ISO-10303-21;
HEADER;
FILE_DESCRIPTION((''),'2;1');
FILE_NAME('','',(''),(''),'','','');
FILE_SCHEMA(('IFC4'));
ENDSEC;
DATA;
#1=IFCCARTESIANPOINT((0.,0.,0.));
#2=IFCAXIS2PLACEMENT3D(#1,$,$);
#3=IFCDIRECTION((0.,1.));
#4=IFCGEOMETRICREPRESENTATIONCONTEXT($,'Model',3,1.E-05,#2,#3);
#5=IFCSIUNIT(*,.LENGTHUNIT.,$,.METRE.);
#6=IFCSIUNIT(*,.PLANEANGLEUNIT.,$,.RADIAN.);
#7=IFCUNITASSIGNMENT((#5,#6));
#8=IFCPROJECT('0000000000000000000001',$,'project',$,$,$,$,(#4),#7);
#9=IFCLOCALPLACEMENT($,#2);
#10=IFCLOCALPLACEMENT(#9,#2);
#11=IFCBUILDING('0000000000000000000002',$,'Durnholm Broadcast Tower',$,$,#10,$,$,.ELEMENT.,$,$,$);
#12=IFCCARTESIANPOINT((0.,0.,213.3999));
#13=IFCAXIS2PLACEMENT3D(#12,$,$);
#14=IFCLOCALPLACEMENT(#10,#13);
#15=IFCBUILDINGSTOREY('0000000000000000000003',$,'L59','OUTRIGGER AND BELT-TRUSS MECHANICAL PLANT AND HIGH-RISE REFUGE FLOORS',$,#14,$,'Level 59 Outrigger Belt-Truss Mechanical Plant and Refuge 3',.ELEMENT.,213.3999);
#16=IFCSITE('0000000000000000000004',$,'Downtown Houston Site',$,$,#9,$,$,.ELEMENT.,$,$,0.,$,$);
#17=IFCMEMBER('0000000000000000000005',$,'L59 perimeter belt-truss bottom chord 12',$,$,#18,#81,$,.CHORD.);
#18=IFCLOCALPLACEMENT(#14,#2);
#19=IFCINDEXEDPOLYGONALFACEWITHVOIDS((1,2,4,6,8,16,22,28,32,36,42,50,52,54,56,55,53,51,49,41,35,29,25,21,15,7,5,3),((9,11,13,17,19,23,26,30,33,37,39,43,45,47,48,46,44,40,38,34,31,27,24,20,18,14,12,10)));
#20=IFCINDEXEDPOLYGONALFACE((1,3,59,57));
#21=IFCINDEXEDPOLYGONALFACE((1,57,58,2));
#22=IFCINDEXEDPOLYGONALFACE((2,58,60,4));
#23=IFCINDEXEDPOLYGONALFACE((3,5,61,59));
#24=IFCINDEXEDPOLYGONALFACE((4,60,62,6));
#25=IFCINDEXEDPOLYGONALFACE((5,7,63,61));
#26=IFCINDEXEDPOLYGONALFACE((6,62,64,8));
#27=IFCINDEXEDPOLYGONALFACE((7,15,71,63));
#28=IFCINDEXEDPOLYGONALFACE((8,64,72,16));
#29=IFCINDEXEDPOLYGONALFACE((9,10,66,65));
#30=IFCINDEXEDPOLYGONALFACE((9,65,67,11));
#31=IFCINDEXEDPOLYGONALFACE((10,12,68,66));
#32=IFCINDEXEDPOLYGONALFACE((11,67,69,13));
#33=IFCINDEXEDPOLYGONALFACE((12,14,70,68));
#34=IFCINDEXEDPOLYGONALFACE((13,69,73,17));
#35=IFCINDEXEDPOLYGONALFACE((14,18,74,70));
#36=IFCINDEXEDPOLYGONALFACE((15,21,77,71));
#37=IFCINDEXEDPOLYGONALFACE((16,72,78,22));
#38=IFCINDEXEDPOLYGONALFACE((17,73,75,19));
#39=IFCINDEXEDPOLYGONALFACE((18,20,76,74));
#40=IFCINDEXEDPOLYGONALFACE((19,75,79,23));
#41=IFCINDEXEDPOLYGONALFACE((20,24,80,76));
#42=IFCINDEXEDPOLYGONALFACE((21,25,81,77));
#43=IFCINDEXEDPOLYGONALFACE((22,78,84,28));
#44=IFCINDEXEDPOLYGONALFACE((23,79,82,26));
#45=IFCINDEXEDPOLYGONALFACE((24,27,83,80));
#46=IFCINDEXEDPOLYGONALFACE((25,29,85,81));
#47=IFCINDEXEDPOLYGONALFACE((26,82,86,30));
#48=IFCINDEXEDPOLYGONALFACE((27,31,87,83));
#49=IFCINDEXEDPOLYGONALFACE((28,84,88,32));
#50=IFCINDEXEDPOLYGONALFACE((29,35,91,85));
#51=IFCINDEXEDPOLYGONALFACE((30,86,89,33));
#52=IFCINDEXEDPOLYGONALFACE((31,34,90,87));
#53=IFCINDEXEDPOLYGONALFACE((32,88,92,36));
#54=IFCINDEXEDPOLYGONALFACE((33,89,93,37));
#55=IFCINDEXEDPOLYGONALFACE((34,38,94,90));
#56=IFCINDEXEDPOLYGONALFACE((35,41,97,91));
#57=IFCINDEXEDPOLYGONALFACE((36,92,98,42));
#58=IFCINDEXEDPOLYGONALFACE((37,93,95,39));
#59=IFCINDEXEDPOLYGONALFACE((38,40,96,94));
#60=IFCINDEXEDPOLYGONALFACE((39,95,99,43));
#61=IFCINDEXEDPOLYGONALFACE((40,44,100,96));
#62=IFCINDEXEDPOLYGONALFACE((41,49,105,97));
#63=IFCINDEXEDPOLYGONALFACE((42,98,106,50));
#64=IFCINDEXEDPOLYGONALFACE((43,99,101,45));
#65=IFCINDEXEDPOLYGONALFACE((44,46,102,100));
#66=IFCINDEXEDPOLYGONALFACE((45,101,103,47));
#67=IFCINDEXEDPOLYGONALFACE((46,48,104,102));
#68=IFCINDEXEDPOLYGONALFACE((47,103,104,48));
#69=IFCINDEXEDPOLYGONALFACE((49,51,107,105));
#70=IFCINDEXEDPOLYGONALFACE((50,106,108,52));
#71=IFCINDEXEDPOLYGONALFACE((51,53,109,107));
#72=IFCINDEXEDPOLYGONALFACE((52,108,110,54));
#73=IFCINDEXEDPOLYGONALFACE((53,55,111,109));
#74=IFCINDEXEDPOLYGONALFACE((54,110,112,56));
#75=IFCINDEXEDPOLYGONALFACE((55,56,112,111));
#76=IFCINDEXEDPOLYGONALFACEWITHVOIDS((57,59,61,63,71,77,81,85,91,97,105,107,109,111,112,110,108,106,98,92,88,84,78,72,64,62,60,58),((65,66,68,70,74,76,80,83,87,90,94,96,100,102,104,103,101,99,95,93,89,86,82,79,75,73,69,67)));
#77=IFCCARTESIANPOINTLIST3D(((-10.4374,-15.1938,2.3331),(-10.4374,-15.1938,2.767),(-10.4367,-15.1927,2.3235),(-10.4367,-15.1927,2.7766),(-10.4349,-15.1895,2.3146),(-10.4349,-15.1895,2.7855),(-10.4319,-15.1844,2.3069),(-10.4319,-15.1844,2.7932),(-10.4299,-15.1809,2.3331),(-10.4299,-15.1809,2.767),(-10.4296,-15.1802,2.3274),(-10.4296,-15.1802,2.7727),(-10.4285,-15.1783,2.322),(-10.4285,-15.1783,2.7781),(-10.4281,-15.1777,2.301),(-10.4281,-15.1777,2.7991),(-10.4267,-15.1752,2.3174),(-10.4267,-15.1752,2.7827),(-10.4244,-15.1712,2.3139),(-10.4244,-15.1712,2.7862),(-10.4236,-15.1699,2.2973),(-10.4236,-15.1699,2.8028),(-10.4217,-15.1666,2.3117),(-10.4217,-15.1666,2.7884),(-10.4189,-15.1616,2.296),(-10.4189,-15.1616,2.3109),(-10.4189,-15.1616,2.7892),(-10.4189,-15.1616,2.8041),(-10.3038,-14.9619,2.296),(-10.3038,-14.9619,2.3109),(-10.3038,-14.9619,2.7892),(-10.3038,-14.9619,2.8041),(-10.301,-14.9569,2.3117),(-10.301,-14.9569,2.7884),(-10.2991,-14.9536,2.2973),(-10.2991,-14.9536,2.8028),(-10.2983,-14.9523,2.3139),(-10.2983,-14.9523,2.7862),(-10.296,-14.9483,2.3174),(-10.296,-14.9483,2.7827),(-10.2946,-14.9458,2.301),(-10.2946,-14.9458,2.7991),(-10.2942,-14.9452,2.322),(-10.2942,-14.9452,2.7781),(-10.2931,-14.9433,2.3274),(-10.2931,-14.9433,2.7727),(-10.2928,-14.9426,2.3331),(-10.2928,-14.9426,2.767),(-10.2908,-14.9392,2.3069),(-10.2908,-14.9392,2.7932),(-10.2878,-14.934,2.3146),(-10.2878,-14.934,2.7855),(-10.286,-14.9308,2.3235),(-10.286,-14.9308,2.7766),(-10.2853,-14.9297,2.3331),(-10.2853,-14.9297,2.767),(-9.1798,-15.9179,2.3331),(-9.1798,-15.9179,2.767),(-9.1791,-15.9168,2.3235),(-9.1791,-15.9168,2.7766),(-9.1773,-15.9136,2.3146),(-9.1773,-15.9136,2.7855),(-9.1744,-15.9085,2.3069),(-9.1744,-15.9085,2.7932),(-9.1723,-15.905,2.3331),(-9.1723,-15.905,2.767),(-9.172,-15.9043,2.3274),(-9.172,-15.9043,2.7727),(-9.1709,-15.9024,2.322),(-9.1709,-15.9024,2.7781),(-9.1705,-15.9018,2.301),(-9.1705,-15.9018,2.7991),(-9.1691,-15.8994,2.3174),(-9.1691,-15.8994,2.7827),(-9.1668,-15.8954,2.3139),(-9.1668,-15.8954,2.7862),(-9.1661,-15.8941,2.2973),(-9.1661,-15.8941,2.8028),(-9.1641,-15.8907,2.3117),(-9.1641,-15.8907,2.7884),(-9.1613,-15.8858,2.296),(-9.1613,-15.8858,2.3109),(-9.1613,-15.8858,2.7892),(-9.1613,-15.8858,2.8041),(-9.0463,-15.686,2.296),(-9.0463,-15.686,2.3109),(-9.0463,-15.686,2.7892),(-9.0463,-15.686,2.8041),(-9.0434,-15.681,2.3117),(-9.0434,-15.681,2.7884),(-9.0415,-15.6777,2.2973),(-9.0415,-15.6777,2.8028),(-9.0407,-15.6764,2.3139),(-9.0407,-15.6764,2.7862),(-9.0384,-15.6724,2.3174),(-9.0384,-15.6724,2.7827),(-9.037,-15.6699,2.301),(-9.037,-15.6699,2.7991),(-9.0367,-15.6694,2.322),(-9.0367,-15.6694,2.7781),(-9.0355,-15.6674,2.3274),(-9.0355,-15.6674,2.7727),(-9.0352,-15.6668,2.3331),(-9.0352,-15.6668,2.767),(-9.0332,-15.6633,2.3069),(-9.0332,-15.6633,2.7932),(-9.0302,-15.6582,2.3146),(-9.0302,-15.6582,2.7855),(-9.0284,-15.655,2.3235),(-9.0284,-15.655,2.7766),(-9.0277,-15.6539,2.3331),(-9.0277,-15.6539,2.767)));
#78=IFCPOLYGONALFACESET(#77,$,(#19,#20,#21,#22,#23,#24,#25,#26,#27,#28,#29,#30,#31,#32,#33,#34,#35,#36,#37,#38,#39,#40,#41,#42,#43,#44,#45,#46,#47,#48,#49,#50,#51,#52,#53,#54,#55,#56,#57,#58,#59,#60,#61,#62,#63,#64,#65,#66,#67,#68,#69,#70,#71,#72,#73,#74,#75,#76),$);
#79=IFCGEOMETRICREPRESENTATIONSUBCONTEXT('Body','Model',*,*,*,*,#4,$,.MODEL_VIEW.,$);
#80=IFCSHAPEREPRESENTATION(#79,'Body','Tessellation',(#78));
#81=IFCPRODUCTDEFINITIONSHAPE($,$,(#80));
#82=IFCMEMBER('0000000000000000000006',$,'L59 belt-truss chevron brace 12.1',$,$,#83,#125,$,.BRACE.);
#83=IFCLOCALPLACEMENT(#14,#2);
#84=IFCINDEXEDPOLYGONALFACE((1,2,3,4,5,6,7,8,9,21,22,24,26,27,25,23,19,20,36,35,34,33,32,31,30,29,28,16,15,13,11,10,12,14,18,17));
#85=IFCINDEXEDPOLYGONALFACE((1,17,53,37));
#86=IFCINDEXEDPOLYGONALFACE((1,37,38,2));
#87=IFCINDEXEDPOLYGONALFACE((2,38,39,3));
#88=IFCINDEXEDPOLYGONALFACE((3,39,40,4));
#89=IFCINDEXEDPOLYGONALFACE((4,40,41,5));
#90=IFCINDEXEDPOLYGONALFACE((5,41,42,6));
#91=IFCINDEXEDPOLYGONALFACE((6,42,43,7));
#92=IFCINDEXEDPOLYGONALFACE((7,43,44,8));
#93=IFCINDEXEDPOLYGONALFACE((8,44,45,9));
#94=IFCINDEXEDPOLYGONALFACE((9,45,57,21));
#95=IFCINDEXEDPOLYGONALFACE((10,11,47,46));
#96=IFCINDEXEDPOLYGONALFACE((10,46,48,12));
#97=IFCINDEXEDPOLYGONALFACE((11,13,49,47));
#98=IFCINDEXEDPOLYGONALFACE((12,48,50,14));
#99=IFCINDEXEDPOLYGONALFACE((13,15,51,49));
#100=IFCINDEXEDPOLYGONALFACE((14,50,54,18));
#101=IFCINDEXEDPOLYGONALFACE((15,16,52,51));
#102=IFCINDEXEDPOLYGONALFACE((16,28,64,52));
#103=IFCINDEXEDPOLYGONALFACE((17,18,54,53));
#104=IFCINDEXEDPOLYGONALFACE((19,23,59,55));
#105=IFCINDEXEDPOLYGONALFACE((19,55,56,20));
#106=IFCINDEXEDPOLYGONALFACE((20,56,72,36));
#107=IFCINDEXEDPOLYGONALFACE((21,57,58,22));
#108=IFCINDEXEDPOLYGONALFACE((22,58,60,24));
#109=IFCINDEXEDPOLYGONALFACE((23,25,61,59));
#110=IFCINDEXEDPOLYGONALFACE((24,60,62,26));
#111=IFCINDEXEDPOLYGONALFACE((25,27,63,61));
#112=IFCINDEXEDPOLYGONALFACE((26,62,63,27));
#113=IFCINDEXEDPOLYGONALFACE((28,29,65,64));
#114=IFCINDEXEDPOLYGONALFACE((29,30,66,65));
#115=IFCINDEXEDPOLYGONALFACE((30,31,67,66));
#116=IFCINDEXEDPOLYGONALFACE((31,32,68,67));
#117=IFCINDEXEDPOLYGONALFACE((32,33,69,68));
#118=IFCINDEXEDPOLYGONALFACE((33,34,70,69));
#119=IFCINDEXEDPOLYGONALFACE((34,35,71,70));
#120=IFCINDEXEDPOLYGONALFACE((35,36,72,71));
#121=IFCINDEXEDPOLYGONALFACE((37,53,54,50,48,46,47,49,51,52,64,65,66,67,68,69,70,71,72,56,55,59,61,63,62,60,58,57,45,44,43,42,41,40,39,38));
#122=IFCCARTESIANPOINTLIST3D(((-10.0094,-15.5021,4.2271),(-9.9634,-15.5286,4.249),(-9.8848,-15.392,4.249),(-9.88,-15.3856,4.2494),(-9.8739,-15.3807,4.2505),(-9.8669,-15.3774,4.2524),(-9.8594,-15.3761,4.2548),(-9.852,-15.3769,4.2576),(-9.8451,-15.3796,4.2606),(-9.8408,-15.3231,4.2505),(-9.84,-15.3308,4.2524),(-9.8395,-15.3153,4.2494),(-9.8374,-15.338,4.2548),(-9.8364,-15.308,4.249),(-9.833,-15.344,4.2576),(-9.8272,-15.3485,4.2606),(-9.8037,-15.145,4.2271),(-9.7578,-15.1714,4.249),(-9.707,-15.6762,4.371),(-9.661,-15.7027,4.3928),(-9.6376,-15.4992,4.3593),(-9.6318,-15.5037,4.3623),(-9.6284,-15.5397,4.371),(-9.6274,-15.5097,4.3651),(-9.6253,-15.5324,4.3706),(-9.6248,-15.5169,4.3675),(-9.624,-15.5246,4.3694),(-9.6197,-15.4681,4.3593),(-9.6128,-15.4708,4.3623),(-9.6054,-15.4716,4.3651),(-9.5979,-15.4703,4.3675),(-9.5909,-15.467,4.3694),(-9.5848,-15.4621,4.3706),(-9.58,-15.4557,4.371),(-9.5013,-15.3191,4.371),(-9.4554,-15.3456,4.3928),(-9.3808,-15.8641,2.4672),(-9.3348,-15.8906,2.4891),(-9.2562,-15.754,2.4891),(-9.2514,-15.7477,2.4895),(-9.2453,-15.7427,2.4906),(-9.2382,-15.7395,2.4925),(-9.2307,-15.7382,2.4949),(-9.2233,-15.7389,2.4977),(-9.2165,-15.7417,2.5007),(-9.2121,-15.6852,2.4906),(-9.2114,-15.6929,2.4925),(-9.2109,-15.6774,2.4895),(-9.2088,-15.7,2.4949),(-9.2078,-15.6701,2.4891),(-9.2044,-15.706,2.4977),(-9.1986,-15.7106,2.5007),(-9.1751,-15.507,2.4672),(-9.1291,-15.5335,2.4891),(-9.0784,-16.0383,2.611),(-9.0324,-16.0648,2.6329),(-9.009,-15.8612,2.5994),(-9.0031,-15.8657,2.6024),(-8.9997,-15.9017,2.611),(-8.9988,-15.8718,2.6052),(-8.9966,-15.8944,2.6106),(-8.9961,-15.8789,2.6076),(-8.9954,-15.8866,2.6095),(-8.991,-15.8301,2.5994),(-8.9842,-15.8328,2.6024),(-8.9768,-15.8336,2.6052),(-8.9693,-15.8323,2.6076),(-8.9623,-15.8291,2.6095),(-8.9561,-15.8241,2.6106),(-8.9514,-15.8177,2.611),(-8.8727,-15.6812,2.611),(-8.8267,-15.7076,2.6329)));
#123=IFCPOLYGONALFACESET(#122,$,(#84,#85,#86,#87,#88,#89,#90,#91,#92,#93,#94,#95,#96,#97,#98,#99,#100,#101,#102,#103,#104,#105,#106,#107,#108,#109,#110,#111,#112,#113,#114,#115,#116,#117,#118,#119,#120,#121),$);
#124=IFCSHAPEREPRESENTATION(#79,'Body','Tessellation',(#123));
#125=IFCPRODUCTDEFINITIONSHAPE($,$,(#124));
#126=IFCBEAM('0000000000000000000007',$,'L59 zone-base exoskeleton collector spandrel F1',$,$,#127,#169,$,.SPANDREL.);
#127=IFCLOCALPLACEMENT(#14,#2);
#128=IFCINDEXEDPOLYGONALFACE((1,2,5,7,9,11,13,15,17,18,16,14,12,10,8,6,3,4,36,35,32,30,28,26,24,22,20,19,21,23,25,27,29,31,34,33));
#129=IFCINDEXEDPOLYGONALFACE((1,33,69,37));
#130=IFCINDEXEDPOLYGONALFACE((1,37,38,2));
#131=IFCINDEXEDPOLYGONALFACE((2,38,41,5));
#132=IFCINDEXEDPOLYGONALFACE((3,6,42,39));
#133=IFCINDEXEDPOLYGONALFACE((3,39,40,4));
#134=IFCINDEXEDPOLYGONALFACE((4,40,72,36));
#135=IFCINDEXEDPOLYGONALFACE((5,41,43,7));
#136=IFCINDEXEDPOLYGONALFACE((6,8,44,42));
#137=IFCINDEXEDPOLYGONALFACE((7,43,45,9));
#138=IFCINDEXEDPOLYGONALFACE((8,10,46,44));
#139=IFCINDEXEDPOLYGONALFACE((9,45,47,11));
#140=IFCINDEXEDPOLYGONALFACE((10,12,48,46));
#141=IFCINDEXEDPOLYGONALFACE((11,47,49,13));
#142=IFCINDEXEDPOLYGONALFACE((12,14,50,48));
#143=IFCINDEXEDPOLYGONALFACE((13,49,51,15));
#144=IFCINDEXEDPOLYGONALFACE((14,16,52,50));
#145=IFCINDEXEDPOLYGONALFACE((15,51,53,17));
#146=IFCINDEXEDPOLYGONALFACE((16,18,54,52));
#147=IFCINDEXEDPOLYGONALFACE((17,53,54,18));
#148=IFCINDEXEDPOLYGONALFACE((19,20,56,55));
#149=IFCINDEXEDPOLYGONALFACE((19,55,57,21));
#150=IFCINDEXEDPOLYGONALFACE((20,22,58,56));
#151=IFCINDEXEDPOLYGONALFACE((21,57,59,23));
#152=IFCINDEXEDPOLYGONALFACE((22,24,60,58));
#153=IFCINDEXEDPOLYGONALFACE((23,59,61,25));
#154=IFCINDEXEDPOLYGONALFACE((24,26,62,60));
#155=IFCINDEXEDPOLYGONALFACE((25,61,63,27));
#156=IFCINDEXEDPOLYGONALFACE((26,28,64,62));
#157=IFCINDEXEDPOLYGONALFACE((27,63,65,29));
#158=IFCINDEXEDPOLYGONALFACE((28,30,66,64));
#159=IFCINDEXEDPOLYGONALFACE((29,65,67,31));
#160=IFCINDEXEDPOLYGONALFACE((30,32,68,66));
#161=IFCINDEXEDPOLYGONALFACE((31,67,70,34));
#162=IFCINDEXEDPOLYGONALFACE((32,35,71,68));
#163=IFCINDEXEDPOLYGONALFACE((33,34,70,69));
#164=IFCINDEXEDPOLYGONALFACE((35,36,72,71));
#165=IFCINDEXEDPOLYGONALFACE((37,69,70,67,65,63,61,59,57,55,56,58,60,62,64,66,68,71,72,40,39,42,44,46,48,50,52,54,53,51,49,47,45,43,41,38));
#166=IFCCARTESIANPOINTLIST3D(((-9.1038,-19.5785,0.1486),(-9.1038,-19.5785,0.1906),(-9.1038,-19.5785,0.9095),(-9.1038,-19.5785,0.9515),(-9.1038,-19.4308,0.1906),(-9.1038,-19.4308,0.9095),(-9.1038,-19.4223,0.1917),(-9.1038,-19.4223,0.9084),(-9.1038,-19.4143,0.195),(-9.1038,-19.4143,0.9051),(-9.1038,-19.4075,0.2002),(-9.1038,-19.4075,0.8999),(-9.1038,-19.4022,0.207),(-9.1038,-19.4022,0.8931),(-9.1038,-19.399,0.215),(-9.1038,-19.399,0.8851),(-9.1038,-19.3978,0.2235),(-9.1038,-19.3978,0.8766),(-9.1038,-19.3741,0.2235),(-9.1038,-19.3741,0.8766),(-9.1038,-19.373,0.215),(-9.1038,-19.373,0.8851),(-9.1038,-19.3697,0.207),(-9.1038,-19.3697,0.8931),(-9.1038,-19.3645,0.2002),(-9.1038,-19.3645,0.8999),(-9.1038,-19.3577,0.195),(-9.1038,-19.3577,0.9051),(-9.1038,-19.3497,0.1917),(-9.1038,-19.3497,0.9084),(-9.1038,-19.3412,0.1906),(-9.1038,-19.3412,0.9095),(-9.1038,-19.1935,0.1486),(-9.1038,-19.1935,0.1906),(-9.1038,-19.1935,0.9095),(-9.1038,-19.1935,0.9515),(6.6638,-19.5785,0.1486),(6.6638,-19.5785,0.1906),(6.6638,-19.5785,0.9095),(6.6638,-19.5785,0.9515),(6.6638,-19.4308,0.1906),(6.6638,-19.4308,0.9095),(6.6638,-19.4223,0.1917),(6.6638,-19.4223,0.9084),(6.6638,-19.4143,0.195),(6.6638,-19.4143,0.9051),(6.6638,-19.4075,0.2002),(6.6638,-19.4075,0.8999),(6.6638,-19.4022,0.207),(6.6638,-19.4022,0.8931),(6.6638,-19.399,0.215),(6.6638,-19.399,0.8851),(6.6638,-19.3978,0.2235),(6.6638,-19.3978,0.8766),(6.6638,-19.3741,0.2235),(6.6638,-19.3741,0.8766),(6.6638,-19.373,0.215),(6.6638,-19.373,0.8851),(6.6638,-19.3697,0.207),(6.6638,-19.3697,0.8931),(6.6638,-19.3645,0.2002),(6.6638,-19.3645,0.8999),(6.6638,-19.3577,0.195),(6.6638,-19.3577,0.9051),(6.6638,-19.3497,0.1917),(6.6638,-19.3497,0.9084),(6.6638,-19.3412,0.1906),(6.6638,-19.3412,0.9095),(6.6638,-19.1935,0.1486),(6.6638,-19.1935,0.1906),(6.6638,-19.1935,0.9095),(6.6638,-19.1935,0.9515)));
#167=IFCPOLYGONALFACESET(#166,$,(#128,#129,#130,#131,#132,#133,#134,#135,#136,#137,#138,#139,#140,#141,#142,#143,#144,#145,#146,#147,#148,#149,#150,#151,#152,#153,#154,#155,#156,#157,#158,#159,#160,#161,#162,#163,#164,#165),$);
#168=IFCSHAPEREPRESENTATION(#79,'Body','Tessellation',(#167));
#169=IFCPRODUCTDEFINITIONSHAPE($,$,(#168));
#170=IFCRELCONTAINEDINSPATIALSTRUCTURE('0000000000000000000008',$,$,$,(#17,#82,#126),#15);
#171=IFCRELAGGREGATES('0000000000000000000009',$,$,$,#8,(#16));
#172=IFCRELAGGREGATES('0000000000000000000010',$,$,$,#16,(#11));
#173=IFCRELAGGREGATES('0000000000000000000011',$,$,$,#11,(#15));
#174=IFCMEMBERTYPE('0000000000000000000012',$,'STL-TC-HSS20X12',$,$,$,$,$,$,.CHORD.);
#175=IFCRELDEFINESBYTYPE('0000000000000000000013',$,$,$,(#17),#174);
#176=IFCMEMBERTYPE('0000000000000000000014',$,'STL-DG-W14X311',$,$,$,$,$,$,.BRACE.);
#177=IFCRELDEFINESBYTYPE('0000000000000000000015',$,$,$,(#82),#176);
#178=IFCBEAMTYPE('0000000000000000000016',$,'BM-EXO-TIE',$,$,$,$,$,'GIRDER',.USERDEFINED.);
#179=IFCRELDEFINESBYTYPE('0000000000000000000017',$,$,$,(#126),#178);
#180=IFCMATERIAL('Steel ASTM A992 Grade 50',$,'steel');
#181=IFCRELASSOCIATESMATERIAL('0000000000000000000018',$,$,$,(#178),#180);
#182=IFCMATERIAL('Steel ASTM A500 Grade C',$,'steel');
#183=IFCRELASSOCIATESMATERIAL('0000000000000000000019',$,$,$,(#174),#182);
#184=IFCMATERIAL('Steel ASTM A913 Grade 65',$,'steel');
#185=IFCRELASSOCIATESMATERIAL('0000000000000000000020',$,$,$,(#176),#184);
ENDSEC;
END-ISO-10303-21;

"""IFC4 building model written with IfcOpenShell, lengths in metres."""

from ifc_helpers import new_model, si_unit, direction, frame, origin, origin_2d, place, context, subcontext, project, spatial, hollow_rectangle, i_section, extrude, source, transform, mapped, material, material_profile, profile_set, type_object, type_shapes, element, save


model = new_model("IFC4")

# Units and contexts
model_context = context("Model", 3, precision=1e-05, world=origin(), true_north=direction((0.0, 1.0)))
body_context = subcontext(model_context, "Body", "Model", "MODEL_VIEW")
ifc_project = project(units=[si_unit("LENGTHUNIT", "METRE"), si_unit("PLANEANGLEUNIT", "RADIAN")], contexts=[model_context])

# Site, building, storey
site_placement = place(None, origin())
site = spatial("IfcSite", under=ifc_project, at=site_placement, Name="Downtown Houston Site", CompositionType="ELEMENT", RefElevation=0.0)
building_placement = place(site_placement, origin())
building = spatial("IfcBuilding", under=site, at=building_placement, Name="Durnholm Broadcast Tower", CompositionType="ELEMENT")
storey_placement = place(building_placement, frame((0.0, 0.0, 213.3999)))
storey = spatial("IfcBuildingStorey", under=building, at=storey_placement, Name="L59", Description="OUTRIGGER AND BELT-TRUSS MECHANICAL PLANT AND HIGH-RISE REFUGE FLOORS", LongName="Level 59 Outrigger Belt-Truss Mechanical Plant and Refuge 3", CompositionType="ELEMENT", Elevation=213.3999)

# Shared definitions
ifc_material_1 = material(Name="Steel ASTM A992 Grade 50", Category="steel")
ifc_material_profile_1 = material_profile(ifc_material_1, i_section(OverallWidth=0.385, OverallDepth=0.803, WebThickness=0.0237, FlangeThickness=0.042, FilletRadius=0.033, at=origin_2d()), Name="W30X261")
ifc_profile_set_1 = profile_set([ifc_material_profile_1], Name="Steel ASTM A992 Grade 50")
beam_type_1 = type_object("IfcBeamType", Name="BM-EXO-TIE", ElementType="GIRDER", PredefinedType="USERDEFINED", material=ifc_profile_set_1)

# Members
ifc_material_2 = material(Name="Steel ASTM A500 Grade C", Category="steel")
ifc_material_profile_2 = material_profile(ifc_material_2, hollow_rectangle(XDim=0.3047, YDim=0.5081, WallThickness=0.0149, InnerFilletRadius=0.0222, OuterFilletRadius=0.0371, at=origin_2d()), Name="HSS20X12X5/8")
ifc_profile_set_2 = profile_set([ifc_material_profile_2], Name="Steel ASTM A500 Grade C")
member_type_1 = type_object("IfcMemberType", Name="STL-TC-HSS20X12", PredefinedType="CHORD", material=ifc_profile_set_2)
shared_shape_1 = source(origin(), body_context, "Body", "SweptSolid", [
    extrude(hollow_rectangle(XDim=0.3047, YDim=0.5081, WallThickness=0.0149, InnerFilletRadius=0.0222, OuterFilletRadius=0.0371, at=origin_2d()), origin(), (0.0, 0.0, 1.0), 1.4512),
])
type_shapes(member_type_1, [shared_shape_1])
member_1_placement = place(storey_placement, frame((-9.1038, -15.7859, 2.55), z_axis=(-0.866603, 0.498999, 0.0), x_axis=(-0.498999, -0.866603, 0.0)))
element("IfcMember", 1, at=member_1_placement, inside=storey, type_object=member_type_1, Name="L59 perimeter belt-truss bottom chord 12", PredefinedType="CHORD", context=body_context, shape_type="MappedRepresentation", body=[
    mapped(shared_shape_1, transform((0.0, 0.0, 0.0), x_axis=(1.0, 0.0, 0.0), y_axis=(0.0, 1.0, 0.0), z_axis=(0.0, 0.0, 1.0), scale=1.0)),
])
ifc_material_3 = material(Name="Steel ASTM A913 Grade 65", Category="steel")
ifc_material_profile_3 = material_profile(ifc_material_3, i_section(OverallWidth=0.4121, OverallDepth=0.4348, WebThickness=0.0359, FlangeThickness=0.0574, FilletRadius=0.0305, at=origin_2d()), Name="W14X311")
ifc_profile_set_3 = profile_set([ifc_material_profile_3], Name="Steel ASTM A913 Grade 65")
member_type_2 = type_object("IfcMemberType", Name="STL-DG-W14X311", PredefinedType="BRACE", material=ifc_profile_set_3)
shared_shape_2 = source(origin(), body_context, "Body", "SweptSolid", [
    extrude(i_section(OverallWidth=0.4121, OverallDepth=0.4348, WebThickness=0.0359, FlangeThickness=0.0574, FilletRadius=0.0305, at=origin_2d()), origin(), (0.0, 0.0, 1.0), 1.9036),
])
type_shapes(member_type_2, [shared_shape_2])
member_2_placement = place(storey_placement, frame((-9.1038, -15.7859, 2.55), z_axis=(-0.330238, 0.190191, 0.924538), x_axis=(-0.499072, -0.866561, 0.0)))
element("IfcMember", 2, at=member_2_placement, inside=storey, type_object=member_type_2, Name="L59 belt-truss chevron brace 12.1", PredefinedType="BRACE", context=body_context, shape_type="MappedRepresentation", body=[
    mapped(shared_shape_2, transform((0.0, 0.0, 0.0), x_axis=(1.0, 0.0, 0.0), y_axis=(0.0, 1.0, 0.0), z_axis=(0.0, 0.0, 1.0), scale=1.0)),
])

# Beam
shared_shape_3 = source(origin(), body_context, "Body", "SweptSolid", [
    extrude(i_section(OverallWidth=0.385, OverallDepth=0.803, WebThickness=0.0237, FlangeThickness=0.042, FilletRadius=0.033, at=origin_2d()), origin(), (0.0, 0.0, 1.0), 15.7676),
])
for number, where, z_axis, x_axis, name in (
    (3, (-9.1038, -19.386, 0.55), (1.0, 0.0, 0.0), (0.0, 1.0, 0.0), "L59 zone-base exoskeleton collector spandrel F1"),
):
    element("IfcBeam", number, at=place(storey_placement, frame(where, z_axis=z_axis, x_axis=x_axis)), inside=storey, type_object=beam_type_1, Name=name, PredefinedType="SPANDREL", context=body_context, shape_type="MappedRepresentation", body=[
        mapped(shared_shape_3, transform((0.0, 0.0, 0.0), x_axis=(1.0, 0.0, 0.0), y_axis=(0.0, 1.0, 0.0), z_axis=(0.0, 0.0, 1.0), scale=1.0)),
    ])

save(model, "model.ifc")
